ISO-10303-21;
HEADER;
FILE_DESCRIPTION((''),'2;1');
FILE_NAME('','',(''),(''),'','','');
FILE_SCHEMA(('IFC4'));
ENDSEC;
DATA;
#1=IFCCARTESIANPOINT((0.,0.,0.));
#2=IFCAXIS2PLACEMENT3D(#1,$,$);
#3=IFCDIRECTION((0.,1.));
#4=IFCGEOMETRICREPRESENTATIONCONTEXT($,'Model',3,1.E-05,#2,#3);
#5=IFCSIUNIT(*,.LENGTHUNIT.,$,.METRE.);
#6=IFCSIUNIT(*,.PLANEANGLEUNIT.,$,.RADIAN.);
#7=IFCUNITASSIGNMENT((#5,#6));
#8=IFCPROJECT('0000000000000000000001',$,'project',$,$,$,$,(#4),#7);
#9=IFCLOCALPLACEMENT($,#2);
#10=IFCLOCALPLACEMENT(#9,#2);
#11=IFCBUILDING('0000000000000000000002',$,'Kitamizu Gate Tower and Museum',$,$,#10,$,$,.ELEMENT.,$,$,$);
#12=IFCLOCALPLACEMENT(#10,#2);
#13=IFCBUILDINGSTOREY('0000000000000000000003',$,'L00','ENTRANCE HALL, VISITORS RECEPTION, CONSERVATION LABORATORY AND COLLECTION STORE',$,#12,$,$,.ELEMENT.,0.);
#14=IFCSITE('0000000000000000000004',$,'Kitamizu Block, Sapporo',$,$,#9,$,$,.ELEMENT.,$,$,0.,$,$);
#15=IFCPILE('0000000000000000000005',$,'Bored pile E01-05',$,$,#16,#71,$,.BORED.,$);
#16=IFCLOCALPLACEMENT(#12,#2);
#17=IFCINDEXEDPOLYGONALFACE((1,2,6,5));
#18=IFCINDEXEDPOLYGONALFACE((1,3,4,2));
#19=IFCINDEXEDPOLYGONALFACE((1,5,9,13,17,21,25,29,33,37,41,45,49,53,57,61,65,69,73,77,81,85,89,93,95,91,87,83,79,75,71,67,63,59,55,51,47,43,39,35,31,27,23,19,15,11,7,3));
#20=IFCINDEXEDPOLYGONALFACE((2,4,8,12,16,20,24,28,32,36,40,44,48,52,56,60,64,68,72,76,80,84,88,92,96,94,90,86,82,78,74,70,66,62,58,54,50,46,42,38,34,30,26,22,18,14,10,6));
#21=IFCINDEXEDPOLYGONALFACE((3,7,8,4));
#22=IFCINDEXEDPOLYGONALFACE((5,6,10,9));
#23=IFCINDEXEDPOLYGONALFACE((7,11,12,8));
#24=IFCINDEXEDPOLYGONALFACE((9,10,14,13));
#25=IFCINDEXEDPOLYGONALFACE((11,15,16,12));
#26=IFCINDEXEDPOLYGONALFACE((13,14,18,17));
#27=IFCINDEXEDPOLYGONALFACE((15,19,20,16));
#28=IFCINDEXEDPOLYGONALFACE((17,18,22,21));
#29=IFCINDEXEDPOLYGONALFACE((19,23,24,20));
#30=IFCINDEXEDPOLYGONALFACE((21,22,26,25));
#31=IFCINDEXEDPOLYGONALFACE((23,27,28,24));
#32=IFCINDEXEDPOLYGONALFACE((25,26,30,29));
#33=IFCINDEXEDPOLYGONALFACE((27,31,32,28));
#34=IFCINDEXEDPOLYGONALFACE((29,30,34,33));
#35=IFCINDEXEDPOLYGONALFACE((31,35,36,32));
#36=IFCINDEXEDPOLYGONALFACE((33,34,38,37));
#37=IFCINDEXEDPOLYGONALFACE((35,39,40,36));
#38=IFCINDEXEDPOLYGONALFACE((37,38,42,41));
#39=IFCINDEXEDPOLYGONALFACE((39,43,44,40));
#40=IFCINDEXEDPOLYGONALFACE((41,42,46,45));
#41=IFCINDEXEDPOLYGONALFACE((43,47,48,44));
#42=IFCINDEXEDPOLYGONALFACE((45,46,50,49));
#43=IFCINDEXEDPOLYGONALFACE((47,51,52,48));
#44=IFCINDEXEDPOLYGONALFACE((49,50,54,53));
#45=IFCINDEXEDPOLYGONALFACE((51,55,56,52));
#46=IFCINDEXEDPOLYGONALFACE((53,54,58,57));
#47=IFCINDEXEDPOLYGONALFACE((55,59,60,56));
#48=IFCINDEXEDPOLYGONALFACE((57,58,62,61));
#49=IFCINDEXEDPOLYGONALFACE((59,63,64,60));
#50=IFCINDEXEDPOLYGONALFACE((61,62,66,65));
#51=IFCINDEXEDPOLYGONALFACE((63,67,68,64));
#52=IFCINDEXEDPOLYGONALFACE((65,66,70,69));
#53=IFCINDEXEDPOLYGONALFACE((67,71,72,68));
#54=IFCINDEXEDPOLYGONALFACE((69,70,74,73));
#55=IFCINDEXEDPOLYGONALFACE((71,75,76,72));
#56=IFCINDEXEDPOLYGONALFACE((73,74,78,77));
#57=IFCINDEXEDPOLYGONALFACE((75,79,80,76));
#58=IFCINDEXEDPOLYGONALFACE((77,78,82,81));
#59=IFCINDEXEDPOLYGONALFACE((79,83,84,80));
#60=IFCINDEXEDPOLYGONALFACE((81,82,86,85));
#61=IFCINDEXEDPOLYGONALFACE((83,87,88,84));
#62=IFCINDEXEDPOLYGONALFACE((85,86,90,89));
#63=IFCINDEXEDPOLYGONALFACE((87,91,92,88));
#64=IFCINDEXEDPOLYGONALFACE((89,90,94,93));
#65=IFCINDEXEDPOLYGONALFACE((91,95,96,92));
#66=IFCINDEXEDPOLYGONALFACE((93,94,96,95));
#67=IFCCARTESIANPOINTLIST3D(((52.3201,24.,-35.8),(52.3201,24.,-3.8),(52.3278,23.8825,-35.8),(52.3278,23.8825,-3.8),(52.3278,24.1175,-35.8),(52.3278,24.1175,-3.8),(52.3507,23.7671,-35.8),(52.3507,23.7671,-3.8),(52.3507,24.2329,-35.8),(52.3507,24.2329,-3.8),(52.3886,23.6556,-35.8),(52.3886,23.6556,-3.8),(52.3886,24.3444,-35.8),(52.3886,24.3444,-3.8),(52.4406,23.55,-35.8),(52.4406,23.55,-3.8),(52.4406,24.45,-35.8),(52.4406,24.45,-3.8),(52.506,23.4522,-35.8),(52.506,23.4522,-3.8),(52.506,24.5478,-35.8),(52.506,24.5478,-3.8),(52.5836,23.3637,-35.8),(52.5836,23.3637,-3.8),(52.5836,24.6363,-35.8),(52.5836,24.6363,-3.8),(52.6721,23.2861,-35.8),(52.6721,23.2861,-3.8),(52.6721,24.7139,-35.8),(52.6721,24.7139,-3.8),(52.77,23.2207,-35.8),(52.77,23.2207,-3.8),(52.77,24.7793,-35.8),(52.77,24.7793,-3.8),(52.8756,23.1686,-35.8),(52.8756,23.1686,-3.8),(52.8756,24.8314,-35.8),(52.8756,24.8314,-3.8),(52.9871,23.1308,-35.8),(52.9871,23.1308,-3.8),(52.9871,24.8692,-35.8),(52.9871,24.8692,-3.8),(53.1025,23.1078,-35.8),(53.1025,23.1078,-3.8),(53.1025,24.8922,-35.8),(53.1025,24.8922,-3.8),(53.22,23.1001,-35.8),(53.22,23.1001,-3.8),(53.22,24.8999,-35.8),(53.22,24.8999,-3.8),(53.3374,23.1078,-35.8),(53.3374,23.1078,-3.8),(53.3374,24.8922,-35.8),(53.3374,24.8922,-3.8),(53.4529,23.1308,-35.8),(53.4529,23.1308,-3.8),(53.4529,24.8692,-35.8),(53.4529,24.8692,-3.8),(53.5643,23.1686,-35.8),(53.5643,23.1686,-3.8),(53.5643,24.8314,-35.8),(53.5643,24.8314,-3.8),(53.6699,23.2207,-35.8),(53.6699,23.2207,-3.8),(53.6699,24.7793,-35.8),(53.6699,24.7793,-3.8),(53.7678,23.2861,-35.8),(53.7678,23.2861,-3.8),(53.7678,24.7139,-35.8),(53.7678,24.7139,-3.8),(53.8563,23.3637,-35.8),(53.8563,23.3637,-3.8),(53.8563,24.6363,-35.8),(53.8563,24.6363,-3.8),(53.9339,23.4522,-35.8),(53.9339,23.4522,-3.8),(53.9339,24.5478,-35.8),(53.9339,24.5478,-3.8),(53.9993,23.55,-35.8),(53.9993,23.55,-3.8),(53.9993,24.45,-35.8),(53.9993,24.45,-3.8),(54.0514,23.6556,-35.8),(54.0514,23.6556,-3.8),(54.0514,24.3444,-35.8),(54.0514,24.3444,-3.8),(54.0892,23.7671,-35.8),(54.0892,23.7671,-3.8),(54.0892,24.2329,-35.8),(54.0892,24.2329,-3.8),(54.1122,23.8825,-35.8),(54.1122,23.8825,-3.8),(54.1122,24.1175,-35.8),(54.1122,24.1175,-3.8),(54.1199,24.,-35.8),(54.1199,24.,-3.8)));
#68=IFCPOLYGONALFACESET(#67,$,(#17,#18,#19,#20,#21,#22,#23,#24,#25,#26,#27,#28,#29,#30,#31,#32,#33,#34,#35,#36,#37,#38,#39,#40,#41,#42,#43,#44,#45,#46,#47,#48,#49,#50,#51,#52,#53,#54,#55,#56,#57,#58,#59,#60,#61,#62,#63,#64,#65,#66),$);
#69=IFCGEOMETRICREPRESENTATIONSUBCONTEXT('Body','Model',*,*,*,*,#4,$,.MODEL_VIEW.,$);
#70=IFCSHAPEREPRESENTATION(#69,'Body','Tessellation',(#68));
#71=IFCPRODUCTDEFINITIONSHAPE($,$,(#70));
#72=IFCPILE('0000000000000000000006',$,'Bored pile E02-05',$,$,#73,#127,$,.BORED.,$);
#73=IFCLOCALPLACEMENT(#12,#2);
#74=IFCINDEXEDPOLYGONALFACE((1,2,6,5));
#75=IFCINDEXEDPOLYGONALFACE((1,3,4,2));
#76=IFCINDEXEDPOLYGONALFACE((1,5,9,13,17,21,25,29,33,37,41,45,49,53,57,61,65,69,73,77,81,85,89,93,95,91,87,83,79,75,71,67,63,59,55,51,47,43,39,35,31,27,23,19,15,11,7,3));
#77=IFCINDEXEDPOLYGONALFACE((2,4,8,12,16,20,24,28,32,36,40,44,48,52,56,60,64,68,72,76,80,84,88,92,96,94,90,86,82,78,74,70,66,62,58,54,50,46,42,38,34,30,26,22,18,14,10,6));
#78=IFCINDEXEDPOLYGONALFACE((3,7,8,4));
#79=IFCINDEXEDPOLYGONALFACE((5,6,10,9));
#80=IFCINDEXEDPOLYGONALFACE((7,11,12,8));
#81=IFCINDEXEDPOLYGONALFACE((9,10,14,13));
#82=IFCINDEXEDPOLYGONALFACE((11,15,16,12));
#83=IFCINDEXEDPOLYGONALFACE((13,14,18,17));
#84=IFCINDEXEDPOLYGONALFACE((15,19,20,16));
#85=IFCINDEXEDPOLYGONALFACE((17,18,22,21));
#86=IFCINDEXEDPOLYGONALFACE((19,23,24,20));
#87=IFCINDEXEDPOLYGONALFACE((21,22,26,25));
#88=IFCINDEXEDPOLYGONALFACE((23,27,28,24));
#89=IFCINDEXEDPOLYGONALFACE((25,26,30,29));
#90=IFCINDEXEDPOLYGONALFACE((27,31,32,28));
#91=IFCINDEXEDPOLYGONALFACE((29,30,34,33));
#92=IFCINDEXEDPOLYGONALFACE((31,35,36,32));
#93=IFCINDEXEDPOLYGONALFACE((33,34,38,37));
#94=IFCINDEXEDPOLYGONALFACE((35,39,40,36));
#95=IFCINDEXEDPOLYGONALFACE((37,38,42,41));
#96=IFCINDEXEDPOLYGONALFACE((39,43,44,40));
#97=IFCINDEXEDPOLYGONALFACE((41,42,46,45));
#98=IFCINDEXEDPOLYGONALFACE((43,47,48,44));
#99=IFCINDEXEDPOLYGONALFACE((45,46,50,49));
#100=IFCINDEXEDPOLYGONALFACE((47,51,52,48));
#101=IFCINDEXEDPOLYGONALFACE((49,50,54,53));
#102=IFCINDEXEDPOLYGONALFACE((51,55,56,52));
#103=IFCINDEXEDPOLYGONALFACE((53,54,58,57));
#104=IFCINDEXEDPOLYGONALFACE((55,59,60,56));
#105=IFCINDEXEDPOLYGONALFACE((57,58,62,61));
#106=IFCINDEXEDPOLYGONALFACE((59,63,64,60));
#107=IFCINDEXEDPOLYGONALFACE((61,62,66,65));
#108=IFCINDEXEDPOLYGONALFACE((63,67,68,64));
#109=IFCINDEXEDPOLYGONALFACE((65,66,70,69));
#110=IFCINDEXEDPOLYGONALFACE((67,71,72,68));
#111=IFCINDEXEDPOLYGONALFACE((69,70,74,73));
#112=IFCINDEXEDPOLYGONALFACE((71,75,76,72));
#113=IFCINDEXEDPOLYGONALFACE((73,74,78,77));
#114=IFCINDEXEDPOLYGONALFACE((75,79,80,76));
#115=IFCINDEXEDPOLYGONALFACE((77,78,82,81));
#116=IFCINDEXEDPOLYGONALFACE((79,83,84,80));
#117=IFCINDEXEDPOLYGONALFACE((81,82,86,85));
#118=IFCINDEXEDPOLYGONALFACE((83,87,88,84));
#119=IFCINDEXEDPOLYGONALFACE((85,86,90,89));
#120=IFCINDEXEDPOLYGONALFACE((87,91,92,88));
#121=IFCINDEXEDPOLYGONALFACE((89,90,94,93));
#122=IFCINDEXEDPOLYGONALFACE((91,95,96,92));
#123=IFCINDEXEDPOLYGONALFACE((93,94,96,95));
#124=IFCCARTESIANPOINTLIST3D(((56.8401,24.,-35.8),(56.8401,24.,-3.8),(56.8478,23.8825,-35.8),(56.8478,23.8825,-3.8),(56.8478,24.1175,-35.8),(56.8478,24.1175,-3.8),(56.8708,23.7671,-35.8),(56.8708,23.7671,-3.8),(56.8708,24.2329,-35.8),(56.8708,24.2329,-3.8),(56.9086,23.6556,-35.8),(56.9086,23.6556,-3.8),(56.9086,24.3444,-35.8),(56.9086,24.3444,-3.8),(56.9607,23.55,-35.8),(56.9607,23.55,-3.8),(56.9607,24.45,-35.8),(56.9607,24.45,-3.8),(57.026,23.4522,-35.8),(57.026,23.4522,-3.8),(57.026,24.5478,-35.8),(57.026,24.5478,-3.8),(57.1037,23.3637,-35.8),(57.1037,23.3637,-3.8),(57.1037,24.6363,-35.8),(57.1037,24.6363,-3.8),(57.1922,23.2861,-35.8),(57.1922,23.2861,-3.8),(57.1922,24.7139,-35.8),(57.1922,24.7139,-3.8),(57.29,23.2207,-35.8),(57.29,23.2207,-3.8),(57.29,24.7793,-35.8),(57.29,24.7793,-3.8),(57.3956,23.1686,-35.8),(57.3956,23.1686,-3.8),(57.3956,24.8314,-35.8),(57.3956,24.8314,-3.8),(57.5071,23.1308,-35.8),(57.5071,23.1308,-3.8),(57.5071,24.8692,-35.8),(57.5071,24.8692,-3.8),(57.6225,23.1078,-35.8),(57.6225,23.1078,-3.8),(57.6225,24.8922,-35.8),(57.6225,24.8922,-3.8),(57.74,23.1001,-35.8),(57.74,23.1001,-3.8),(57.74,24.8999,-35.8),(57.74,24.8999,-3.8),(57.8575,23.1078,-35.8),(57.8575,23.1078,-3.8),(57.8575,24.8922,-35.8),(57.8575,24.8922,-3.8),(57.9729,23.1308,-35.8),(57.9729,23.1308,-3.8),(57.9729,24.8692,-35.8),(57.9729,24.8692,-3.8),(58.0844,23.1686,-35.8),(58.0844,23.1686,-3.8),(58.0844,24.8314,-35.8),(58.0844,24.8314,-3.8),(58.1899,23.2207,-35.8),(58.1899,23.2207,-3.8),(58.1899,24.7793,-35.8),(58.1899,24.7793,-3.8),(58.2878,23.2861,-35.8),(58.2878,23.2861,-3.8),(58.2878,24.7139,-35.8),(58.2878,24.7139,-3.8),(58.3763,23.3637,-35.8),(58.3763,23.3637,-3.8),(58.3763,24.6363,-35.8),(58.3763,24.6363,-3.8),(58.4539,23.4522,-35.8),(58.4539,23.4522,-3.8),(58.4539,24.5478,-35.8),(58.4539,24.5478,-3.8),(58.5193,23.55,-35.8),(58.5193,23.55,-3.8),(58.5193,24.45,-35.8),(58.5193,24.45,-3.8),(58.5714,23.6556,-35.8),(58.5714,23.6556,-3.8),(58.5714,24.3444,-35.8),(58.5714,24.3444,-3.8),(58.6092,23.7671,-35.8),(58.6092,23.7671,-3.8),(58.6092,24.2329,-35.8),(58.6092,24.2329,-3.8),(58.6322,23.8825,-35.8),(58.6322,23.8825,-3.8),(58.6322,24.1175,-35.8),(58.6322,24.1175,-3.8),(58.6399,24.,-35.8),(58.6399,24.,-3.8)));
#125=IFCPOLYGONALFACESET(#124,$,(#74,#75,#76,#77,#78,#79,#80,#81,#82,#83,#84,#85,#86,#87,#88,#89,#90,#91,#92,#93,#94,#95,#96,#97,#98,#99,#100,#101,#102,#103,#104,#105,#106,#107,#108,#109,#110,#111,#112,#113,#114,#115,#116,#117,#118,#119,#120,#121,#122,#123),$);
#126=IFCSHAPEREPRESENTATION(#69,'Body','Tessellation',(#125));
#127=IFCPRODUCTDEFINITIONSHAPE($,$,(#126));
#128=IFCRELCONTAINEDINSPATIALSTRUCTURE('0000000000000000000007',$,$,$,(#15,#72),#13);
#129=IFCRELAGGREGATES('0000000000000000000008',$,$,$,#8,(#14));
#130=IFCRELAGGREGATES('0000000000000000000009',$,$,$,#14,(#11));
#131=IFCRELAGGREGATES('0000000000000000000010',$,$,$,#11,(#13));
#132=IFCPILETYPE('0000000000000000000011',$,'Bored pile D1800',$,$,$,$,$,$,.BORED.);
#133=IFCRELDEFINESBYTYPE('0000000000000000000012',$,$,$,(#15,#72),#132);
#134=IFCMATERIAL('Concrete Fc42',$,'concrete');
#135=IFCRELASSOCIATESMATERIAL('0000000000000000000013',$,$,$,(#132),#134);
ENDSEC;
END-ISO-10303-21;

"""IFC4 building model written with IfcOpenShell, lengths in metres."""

from ifc_helpers import new_model, si_unit, direction, frame, origin, origin_2d, place, context, subcontext, project, spatial, circle, extrude, material, material_profile, profile_set, type_object, element, save


model = new_model("IFC4")

# Units and contexts
model_context = context("Model", 3, precision=1e-05, world=origin(), true_north=direction((0.0, 1.0)))
body_context = subcontext(model_context, "Body", "Model", "MODEL_VIEW")
ifc_project = project(units=[si_unit("LENGTHUNIT", "METRE"), si_unit("PLANEANGLEUNIT", "RADIAN")], contexts=[model_context])

# Site, building, storey
site_placement = place(None, origin())
site = spatial("IfcSite", under=ifc_project, at=site_placement, Name="Kitamizu Block, Sapporo", CompositionType="ELEMENT", RefElevation=0.0)
building_placement = place(site_placement, origin())
building = spatial("IfcBuilding", under=site, at=building_placement, Name="Kitamizu Gate Tower and Museum", CompositionType="ELEMENT")
storey_placement = place(building_placement, origin())
storey = spatial("IfcBuildingStorey", under=building, at=storey_placement, Name="L00", Description="ENTRANCE HALL, VISITORS RECEPTION, CONSERVATION LABORATORY AND COLLECTION STORE", CompositionType="ELEMENT", Elevation=0.0)

# Piles
ifc_material_1 = material(Name="Concrete Fc42", Category="concrete")
ifc_material_profile = material_profile(ifc_material_1, circle(Radius=0.8999, at=origin_2d()), Name="Bored pile D1800")
ifc_profile_set = profile_set([ifc_material_profile], Name="Concrete Fc42")
pile_type = type_object("IfcPileType", Name="Bored pile D1800", PredefinedType="BORED", material=ifc_profile_set)
for number, where, z_axis, x_axis, name in (
    (1, (53.22, 24.0, -3.8), (0.0, 0.0, -1.0), (1.0, 0.0, 0.0), "Bored pile E01-05"),
    (2, (57.74, 24.0, -3.8), (0.0, 0.0, -1.0), (1.0, 0.0, 0.0), "Bored pile E02-05"),
):
    element("IfcPile", number, at=place(storey_placement, frame(where, z_axis=z_axis, x_axis=x_axis)), inside=storey, type_object=pile_type, Name=name, PredefinedType="BORED", context=body_context, shape_type="SweptSolid", body=[
        extrude(circle(Radius=0.8999, at=origin_2d()), origin(), (0.0, 0.0, 1.0), 32.0),
    ])

save(model, "model.ifc")
